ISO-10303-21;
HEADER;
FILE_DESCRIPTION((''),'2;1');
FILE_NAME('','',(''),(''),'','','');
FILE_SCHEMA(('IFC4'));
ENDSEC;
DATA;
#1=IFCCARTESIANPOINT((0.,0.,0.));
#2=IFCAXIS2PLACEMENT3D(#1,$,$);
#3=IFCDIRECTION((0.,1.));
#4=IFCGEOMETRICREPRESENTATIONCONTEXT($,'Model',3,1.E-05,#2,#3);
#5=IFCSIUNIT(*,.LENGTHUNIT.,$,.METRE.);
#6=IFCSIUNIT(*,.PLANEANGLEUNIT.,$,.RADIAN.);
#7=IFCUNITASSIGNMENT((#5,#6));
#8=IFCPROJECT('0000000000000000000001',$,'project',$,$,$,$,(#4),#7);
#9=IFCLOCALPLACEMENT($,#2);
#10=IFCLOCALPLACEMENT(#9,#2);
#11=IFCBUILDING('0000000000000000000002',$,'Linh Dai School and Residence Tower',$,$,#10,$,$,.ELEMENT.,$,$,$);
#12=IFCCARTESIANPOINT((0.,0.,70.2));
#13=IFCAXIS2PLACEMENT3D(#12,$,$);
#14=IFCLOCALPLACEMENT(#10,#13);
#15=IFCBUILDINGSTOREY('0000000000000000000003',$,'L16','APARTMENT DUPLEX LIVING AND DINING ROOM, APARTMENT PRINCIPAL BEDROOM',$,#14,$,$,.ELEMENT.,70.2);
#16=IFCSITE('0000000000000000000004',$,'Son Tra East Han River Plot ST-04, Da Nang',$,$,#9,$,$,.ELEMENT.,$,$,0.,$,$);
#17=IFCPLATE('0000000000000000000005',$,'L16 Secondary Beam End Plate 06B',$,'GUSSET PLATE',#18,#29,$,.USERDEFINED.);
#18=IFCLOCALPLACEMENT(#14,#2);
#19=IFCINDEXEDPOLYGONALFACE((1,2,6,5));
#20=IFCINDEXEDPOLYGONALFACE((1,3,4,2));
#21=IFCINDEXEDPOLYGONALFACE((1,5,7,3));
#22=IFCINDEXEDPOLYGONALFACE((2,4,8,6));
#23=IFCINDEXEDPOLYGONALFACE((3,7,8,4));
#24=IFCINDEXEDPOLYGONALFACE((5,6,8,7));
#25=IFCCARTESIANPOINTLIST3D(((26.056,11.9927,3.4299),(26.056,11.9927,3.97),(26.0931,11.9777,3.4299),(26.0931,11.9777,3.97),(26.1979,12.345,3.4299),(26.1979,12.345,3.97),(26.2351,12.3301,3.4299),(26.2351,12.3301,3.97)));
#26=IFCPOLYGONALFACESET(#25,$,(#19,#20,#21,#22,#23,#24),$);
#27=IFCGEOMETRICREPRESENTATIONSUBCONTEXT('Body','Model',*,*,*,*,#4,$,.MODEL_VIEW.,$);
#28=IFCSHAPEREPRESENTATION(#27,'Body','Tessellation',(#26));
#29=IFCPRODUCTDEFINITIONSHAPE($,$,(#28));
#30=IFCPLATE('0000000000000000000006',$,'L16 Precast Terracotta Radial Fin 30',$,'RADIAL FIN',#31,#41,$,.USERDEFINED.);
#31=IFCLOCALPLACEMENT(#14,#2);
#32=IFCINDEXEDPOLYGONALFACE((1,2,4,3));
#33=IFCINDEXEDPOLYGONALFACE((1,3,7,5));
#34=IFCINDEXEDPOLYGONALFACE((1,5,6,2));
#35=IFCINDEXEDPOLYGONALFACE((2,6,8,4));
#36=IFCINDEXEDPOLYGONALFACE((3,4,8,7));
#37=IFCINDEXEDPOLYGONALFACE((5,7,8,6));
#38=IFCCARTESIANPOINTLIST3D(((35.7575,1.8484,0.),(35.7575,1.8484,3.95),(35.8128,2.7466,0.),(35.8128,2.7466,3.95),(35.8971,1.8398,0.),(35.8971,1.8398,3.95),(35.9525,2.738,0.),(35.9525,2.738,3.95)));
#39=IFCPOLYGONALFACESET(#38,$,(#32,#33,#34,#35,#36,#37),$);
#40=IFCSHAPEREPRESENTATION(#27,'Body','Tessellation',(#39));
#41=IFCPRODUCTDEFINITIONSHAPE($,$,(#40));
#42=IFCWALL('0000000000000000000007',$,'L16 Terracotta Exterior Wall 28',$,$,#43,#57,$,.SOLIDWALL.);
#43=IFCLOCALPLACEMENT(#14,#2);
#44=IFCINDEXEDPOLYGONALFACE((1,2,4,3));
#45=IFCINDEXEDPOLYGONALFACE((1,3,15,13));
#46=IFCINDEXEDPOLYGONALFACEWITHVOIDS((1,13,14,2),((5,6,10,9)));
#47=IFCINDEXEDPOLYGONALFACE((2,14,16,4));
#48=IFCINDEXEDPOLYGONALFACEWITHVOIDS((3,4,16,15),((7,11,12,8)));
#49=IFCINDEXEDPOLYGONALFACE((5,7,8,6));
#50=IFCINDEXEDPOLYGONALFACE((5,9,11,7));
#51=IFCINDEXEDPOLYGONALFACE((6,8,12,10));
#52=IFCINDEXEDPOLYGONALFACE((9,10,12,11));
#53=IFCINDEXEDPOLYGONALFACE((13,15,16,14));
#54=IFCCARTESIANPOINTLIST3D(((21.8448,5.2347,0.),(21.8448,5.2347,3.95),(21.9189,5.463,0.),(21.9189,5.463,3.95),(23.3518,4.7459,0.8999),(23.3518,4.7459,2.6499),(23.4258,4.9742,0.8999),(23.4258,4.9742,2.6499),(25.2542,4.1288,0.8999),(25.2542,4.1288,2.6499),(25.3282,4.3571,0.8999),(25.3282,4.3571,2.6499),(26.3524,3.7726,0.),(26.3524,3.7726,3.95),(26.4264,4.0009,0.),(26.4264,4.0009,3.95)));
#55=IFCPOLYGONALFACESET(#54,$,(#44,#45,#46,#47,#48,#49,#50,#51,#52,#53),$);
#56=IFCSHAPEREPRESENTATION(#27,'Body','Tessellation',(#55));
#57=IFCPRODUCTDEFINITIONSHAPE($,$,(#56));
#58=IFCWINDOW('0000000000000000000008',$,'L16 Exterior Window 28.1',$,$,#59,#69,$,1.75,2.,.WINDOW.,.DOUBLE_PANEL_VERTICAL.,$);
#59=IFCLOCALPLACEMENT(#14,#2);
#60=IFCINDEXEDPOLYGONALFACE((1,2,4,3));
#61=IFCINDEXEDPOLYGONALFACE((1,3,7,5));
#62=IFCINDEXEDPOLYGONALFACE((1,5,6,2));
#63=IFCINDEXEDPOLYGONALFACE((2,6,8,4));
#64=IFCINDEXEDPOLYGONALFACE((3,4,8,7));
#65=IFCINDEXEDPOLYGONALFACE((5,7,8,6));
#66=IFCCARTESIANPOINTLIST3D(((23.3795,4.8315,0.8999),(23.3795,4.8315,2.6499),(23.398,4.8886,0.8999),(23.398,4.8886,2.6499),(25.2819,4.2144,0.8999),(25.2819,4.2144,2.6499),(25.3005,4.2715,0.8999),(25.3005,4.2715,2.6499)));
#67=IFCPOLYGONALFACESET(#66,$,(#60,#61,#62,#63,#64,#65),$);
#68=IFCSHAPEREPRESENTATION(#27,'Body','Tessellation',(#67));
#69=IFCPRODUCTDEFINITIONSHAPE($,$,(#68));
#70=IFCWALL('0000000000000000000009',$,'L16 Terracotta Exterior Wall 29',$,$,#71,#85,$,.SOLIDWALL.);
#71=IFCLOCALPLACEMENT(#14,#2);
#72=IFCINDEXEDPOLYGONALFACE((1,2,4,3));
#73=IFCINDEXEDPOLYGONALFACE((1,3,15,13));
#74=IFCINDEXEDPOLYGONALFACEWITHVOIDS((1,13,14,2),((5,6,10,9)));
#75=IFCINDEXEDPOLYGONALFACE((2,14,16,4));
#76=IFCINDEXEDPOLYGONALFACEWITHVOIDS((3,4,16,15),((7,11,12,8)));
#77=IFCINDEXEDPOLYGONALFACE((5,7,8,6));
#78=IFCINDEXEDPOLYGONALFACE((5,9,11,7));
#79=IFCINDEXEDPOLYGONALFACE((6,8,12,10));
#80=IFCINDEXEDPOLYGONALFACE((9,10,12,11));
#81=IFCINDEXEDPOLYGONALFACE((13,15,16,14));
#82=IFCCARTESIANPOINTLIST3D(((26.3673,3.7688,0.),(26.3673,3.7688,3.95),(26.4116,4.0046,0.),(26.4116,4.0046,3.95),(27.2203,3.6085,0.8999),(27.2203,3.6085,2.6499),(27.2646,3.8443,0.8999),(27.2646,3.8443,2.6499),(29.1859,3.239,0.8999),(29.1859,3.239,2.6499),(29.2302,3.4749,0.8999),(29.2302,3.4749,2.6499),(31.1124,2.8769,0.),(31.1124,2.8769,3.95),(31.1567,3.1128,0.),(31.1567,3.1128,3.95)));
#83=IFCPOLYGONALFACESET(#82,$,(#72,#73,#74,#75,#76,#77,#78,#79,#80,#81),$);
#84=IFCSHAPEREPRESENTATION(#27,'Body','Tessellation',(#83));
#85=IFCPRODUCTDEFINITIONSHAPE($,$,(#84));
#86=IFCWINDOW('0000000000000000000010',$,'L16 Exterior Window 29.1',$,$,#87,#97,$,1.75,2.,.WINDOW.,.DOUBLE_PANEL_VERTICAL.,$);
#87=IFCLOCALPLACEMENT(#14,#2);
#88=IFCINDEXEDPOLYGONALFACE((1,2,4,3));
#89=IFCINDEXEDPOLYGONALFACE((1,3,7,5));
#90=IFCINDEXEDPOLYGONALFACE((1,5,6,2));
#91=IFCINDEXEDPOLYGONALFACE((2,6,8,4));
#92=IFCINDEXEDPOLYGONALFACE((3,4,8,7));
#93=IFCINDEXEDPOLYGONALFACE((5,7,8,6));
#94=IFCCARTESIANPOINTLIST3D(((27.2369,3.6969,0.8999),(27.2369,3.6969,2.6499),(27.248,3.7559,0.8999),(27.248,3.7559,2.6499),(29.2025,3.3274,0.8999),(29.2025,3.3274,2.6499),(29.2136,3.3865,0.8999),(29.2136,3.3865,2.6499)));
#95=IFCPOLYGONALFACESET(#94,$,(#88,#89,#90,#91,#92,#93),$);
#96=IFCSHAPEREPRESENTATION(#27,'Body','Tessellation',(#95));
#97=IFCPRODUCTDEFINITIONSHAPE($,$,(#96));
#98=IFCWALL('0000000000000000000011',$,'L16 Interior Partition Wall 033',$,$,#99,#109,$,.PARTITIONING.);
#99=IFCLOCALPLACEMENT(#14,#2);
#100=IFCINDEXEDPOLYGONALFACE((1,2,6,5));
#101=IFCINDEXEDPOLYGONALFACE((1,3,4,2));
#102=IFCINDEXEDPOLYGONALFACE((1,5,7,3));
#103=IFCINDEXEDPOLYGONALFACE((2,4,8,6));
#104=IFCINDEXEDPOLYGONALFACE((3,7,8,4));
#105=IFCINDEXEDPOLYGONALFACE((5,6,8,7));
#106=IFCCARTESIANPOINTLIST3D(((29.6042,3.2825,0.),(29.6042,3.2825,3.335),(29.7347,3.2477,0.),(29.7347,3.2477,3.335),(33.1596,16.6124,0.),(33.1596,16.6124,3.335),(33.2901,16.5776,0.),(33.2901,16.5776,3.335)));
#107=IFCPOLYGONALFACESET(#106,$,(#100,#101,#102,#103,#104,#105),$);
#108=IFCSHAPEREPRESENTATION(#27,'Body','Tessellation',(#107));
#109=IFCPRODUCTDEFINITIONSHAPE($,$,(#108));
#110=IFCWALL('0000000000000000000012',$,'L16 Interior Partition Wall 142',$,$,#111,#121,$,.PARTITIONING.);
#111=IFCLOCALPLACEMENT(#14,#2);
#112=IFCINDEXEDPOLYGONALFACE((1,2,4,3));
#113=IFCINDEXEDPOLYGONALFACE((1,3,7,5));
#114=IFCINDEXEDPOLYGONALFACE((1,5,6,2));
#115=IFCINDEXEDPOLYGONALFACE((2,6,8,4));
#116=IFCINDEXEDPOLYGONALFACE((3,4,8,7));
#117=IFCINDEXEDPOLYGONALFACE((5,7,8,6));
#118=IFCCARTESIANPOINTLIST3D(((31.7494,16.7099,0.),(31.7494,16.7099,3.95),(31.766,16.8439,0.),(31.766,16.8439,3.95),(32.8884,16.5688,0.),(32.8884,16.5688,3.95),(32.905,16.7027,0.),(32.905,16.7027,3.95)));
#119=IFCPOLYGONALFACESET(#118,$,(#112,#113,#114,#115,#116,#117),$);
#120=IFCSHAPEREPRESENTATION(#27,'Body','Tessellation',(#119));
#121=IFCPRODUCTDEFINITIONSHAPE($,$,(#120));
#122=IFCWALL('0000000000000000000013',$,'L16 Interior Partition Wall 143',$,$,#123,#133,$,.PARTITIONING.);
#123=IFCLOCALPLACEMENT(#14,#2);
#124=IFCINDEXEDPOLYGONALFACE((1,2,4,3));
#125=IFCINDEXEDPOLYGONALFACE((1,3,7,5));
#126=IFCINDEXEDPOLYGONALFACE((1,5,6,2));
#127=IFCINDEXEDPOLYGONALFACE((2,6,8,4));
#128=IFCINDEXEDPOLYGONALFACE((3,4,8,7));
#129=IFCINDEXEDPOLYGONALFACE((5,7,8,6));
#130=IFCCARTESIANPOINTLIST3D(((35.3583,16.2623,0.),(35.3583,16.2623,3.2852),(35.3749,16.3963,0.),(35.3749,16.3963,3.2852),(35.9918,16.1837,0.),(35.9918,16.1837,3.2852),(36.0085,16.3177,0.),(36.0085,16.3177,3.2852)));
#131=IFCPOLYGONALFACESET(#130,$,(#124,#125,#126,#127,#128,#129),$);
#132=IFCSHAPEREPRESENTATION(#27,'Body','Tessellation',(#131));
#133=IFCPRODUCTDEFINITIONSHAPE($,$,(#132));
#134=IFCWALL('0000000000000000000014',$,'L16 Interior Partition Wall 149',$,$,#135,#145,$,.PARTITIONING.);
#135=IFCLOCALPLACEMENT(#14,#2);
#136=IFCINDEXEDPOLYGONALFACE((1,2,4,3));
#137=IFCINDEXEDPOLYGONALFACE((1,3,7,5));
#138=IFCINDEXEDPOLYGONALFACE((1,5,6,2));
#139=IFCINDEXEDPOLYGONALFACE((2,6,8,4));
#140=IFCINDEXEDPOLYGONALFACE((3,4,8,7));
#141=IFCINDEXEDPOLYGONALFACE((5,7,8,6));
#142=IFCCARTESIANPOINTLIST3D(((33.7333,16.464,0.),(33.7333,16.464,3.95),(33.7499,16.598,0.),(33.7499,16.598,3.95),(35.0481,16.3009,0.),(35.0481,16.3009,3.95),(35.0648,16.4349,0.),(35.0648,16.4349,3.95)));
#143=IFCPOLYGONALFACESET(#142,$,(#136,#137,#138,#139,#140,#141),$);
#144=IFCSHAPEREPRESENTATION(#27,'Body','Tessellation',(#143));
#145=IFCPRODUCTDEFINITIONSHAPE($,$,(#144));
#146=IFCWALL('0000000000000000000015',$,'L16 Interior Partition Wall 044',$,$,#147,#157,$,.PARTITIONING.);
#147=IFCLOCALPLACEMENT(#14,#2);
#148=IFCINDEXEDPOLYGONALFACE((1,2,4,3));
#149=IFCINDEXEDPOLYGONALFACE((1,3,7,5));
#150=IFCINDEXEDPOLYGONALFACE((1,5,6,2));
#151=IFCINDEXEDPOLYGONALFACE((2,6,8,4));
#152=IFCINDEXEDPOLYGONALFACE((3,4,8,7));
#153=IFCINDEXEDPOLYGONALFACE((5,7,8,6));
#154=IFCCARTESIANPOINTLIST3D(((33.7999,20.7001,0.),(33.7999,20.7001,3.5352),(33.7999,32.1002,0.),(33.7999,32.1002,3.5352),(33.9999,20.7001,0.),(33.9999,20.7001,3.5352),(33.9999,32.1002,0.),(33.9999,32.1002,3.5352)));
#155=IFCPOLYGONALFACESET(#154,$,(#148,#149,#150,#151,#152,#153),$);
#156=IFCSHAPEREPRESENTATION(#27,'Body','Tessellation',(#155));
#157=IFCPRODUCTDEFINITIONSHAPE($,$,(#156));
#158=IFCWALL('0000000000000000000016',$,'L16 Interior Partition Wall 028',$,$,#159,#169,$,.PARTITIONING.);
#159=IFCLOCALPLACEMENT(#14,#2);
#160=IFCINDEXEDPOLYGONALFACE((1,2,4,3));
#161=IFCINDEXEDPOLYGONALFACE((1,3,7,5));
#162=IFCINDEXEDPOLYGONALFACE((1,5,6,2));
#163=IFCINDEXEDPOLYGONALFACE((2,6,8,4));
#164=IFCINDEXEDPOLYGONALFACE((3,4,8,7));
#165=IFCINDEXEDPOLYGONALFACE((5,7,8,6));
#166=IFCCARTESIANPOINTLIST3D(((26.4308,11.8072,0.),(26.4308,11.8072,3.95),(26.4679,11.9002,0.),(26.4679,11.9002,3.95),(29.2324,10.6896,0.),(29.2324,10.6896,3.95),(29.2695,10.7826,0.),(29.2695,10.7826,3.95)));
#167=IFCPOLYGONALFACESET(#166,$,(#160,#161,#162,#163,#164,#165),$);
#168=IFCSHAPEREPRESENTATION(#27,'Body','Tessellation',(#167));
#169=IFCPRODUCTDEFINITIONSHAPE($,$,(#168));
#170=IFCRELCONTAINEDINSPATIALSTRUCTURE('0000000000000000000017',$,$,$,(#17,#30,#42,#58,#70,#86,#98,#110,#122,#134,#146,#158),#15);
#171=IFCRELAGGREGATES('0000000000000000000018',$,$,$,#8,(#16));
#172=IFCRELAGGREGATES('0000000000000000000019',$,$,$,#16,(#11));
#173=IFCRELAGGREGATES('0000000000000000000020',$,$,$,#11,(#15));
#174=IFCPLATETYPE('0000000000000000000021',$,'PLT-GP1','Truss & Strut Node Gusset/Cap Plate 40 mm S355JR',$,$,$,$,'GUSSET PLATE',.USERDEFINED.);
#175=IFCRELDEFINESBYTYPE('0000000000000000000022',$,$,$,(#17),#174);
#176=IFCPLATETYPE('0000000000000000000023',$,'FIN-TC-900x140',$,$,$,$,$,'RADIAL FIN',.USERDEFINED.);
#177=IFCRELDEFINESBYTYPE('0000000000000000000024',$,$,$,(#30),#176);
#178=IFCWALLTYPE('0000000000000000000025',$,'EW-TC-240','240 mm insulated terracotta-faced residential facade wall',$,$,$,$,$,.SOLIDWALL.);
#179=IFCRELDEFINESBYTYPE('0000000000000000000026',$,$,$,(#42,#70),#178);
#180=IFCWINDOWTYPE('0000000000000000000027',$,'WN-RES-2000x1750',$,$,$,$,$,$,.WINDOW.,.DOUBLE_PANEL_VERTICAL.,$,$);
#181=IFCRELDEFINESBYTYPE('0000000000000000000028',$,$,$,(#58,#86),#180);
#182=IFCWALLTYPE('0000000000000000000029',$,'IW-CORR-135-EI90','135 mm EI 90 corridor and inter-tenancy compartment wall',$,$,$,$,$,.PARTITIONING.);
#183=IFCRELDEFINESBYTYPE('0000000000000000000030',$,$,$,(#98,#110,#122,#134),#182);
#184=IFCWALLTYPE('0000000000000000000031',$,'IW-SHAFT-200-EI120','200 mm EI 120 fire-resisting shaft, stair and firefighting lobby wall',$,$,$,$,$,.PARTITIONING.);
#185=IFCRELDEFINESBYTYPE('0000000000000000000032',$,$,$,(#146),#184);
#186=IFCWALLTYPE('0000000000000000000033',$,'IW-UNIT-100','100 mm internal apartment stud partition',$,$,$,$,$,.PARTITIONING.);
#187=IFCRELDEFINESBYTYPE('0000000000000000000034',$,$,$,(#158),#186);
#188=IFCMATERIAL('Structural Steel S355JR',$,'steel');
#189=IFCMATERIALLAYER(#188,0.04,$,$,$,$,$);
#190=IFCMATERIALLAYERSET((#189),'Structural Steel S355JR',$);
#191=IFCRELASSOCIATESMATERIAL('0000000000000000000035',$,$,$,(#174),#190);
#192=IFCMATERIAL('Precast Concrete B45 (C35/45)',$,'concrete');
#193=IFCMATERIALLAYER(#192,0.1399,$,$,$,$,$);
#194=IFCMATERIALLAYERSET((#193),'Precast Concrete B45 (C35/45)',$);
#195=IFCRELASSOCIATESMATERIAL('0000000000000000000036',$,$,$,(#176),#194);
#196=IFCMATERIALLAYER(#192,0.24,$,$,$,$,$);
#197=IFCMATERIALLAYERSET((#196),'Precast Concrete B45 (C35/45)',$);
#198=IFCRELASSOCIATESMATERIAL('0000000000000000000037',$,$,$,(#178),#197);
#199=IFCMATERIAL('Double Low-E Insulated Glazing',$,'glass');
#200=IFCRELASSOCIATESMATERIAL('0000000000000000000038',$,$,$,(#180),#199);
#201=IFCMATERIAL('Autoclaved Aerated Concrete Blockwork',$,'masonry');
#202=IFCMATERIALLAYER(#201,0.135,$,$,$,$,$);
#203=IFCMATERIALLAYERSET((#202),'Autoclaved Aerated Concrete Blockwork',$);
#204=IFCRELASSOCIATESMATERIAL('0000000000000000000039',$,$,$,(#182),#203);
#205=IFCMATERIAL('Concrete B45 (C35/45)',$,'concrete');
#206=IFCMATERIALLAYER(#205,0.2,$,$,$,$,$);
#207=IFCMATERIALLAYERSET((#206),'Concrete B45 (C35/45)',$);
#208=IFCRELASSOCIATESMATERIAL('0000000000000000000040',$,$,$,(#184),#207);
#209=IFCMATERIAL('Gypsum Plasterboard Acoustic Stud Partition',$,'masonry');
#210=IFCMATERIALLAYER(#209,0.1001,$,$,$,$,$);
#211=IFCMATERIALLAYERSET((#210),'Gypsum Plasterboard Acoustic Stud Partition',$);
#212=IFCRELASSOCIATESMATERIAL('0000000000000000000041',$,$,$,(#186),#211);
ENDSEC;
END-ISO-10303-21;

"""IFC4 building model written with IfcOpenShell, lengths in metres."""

from ifc_helpers import new_model, si_unit, direction, frame, frame_2d, origin, origin_2d, place, context, subcontext, project, spatial, rectangle, extrude, source, transform, mapped, material, layer, layer_set, type_object, element, fill, save


model = new_model("IFC4")

# Units and contexts
model_context = context("Model", 3, precision=1e-05, world=origin(), true_north=direction((0.0, 1.0)))
body_context = subcontext(model_context, "Body", "Model", "MODEL_VIEW")
ifc_project = project(units=[si_unit("LENGTHUNIT", "METRE"), si_unit("PLANEANGLEUNIT", "RADIAN")], contexts=[model_context])

# Site, building, storey
site_placement = place(None, origin())
site = spatial("IfcSite", under=ifc_project, at=site_placement, Name="Son Tra East Han River Plot ST-04, Da Nang", CompositionType="ELEMENT", RefElevation=0.0)
building_placement = place(site_placement, origin())
building = spatial("IfcBuilding", under=site, at=building_placement, Name="Linh Dai School and Residence Tower", CompositionType="ELEMENT")
storey_placement = place(building_placement, frame((0.0, 0.0, 70.2)))
storey = spatial("IfcBuildingStorey", under=building, at=storey_placement, Name="L16", Description="APARTMENT DUPLEX LIVING AND DINING ROOM, APARTMENT PRINCIPAL BEDROOM", CompositionType="ELEMENT", Elevation=70.2)

# Shared definitions
ifc_material_1 = material(Name="Structural Steel S355JR", Category="steel")

# Plates
ifc_layer_1 = layer(ifc_material_1, 0.04)
ifc_layer_set_1 = layer_set([ifc_layer_1], Name="Structural Steel S355JR")
plate_type_1 = type_object("IfcPlateType", Name="PLT-GP1", Description="Truss & Strut Node Gusset/Cap Plate 40 mm S355JR", ElementType="GUSSET PLATE", PredefinedType="USERDEFINED", material=ifc_layer_set_1)
shared_shape_1 = source(origin(), body_context, "Body", "SweptSolid", [
    extrude(rectangle(XDim=0.04, YDim=0.3799, at=origin_2d()), origin(), (0.0, 0.0, 1.0), 0.54),
])
plate_1_placement = place(storey_placement, frame((26.1455, 12.1614, 3.4299), z_axis=(0.0, 0.0, 1.0), x_axis=(0.927536, -0.373733, 0.0)))
element("IfcPlate", 1, at=plate_1_placement, inside=storey, type_object=plate_type_1, Name="L16 Secondary Beam End Plate 06B", ObjectType="GUSSET PLATE", PredefinedType="USERDEFINED", context=body_context, shape_type="MappedRepresentation", body=[
    mapped(shared_shape_1, transform((0.0, 0.0, 0.0), x_axis=(1.0, 0.0, 0.0), y_axis=(0.0, 1.0, 0.0), z_axis=(0.0, 0.0, 1.0), scale=1.0)),
])
ifc_material_2 = material(Name="Precast Concrete B45 (C35/45)", Category="concrete")
ifc_layer_2 = layer(ifc_material_2, 0.1399)
ifc_layer_set_2 = layer_set([ifc_layer_2], Name="Precast Concrete B45 (C35/45)")
plate_type_2 = type_object("IfcPlateType", Name="FIN-TC-900x140", ElementType="RADIAL FIN", PredefinedType="USERDEFINED", material=ifc_layer_set_2)
shared_shape_2 = source(origin(), body_context, "Body", "SweptSolid", [
    extrude(rectangle(XDim=0.8999, YDim=0.1399, at=origin_2d()), origin(), (0.0, 0.0, 1.0), 3.95),
])
plate_2_placement = place(storey_placement, frame((35.855, 2.2932, 0.0), z_axis=(0.0, 0.0, 1.0), x_axis=(-0.061507, -0.998107, 0.0)))
element("IfcPlate", 2, at=plate_2_placement, inside=storey, type_object=plate_type_2, Name="L16 Precast Terracotta Radial Fin 30", ObjectType="RADIAL FIN", PredefinedType="USERDEFINED", context=body_context, shape_type="MappedRepresentation", body=[
    mapped(shared_shape_2, transform((0.0, 0.0, 0.0), x_axis=(1.0, 0.0, 0.0), y_axis=(0.0, 1.0, 0.0), z_axis=(0.0, 0.0, 1.0), scale=1.0)),
])

# Walls, openings, windows
ifc_layer_3 = layer(ifc_material_2, 0.24)
ifc_layer_set_3 = layer_set([ifc_layer_3], Name="Precast Concrete B45 (C35/45)")
wall_type_1 = type_object("IfcWallType", Name="EW-TC-240", Description="240 mm insulated terracotta-faced residential facade wall", PredefinedType="SOLIDWALL", material=ifc_layer_set_3)
wall_1_placement = place(storey_placement, frame((26.3894, 3.8867, 0.0), z_axis=(0.0, 0.0, 1.0), x_axis=(-0.951208, 0.308551, 0.0)))
wall_1 = element("IfcWall", 3, at=wall_1_placement, inside=storey, type_object=wall_type_1, Name="L16 Terracotta Exterior Wall 28", PredefinedType="SOLIDWALL", context=body_context, shape_type="SweptSolid", body=[
    extrude(rectangle(XDim=4.7388, YDim=0.24, at=frame_2d((2.3694, 0.0))), origin(), (0.0, 0.0, 1.0), 3.95),
])
opening_1_placement = place(wall_1_placement, frame((1.1545, 0.0, 0.8999)))
opening_1 = element("IfcOpeningElement", 4, at=opening_1_placement, cuts=wall_1, PredefinedType="OPENING", context=body_context, shape_type="SweptSolid", body=[
    extrude(rectangle(XDim=2.0, YDim=1.75, at=origin_2d()), frame((1.0, 0.1299, 0.875), z_axis=(0.0, -1.0, 0.0), x_axis=(1.0, 0.0, 0.0)), (0.0, 0.0, 1.0), 0.26),
])
ifc_material_3 = material(Name="Double Low-E Insulated Glazing", Category="glass")
window_type = type_object("IfcWindowType", Name="WN-RES-2000x1750", PartitioningType="DOUBLE_PANEL_VERTICAL", PredefinedType="WINDOW", material=ifc_material_3)
shared_shape_3 = source(origin(), body_context, "Body", "SweptSolid", [
    extrude(rectangle(XDim=2.0, YDim=1.75, at=origin_2d()), frame((1.0, 0.03, 0.875), z_axis=(0.0, -1.0, 0.0), x_axis=(1.0, 0.0, 0.0)), (0.0, 0.0, 1.0), 0.0601),
])
window_1_placement = place(opening_1_placement, origin())
window_1 = element("IfcWindow", 5, at=window_1_placement, inside=storey, type_object=window_type, Name="L16 Exterior Window 28.1", OverallHeight=1.75, OverallWidth=2.0, PartitioningType="DOUBLE_PANEL_VERTICAL", PredefinedType="WINDOW", context=body_context, shape_type="MappedRepresentation", body=[
    mapped(shared_shape_3, transform((0.0, 0.0, 0.0), x_axis=(1.0, 0.0, 0.0), y_axis=(0.0, 1.0, 0.0), z_axis=(0.0, 0.0, 1.0), scale=1.0)),
])
fill(opening_1, window_1)
wall_2_placement = place(storey_placement, frame((31.1345, 2.9949, 0.0), z_axis=(0.0, 0.0, 1.0), x_axis=(-0.982792, 0.184716, 0.0)))
wall_2 = element("IfcWall", 6, at=wall_2_placement, inside=storey, type_object=wall_type_1, Name="L16 Terracotta Exterior Wall 29", PredefinedType="SOLIDWALL", context=body_context, shape_type="SweptSolid", body=[
    extrude(rectangle(XDim=4.8281, YDim=0.24, at=frame_2d((2.4141, 0.0))), origin(), (0.0, 0.0, 1.0), 3.95),
])
opening_2_placement = place(wall_2_placement, frame((1.9602, 0.0, 0.8999)))
opening_2 = element("IfcOpeningElement", 7, at=opening_2_placement, cuts=wall_2, PredefinedType="OPENING", context=body_context, shape_type="SweptSolid", body=[
    extrude(rectangle(XDim=2.0, YDim=1.75, at=origin_2d()), frame((1.0, 0.1299, 0.875), z_axis=(0.0, -1.0, 0.0), x_axis=(1.0, 0.0, 0.0)), (0.0, 0.0, 1.0), 0.26),
])
window_2_placement = place(opening_2_placement, origin())
window_2 = element("IfcWindow", 8, at=window_2_placement, inside=storey, type_object=window_type, Name="L16 Exterior Window 29.1", OverallHeight=1.75, OverallWidth=2.0, PartitioningType="DOUBLE_PANEL_VERTICAL", PredefinedType="WINDOW", context=body_context, shape_type="MappedRepresentation", body=[
    mapped(shared_shape_3, transform((0.0, 0.0, 0.0), x_axis=(1.0, 0.0, 0.0), y_axis=(0.0, 1.0, 0.0), z_axis=(0.0, 0.0, 1.0), scale=1.0)),
])
fill(opening_2, window_2)

# Walls
ifc_material_4 = material(Name="Autoclaved Aerated Concrete Blockwork", Category="masonry")
ifc_layer_4 = layer(ifc_material_4, 0.135)
ifc_layer_set_4 = layer_set([ifc_layer_4], Name="Autoclaved Aerated Concrete Blockwork")
wall_type_2 = type_object("IfcWallType", Name="IW-CORR-135-EI90", Description="135 mm EI 90 corridor and inter-tenancy compartment wall", PredefinedType="PARTITIONING", material=ifc_layer_set_4)
wall_3_placement = place(storey_placement, frame((29.6694, 3.2651, 0.0), z_axis=(0.0, 0.0, 1.0), x_axis=(0.257717, 0.966221, 0.0)))
element("IfcWall", 9, at=wall_3_placement, inside=storey, type_object=wall_type_2, Name="L16 Interior Partition Wall 033", PredefinedType="PARTITIONING", context=body_context, shape_type="SweptSolid", body=[
    extrude(rectangle(XDim=13.7959, YDim=0.135, at=frame_2d((6.8979, 0.0))), origin(), (0.0, 0.0, 1.0), 3.335),
])
wall_4_placement = place(storey_placement, frame((31.7578, 16.7769, 0.0), z_axis=(0.0, 0.0, 1.0), x_axis=(0.992411, -0.122961, 0.0)))
element("IfcWall", 10, at=wall_4_placement, inside=storey, type_object=wall_type_2, Name="L16 Interior Partition Wall 142", PredefinedType="PARTITIONING", context=body_context, shape_type="SweptSolid", body=[
    extrude(rectangle(XDim=1.1477, YDim=0.135, at=frame_2d((0.5737, 0.0))), origin(), (0.0, 0.0, 1.0), 3.95),
])
wall_5_placement = place(storey_placement, frame((35.3665, 16.3293, 0.0), z_axis=(0.0, 0.0, 1.0), x_axis=(0.992389, -0.12314, 0.0)))
element("IfcWall", 11, at=wall_5_placement, inside=storey, type_object=wall_type_2, Name="L16 Interior Partition Wall 143", PredefinedType="PARTITIONING", context=body_context, shape_type="SweptSolid", body=[
    extrude(rectangle(XDim=0.6384, YDim=0.135, at=frame_2d((0.3193, 0.0))), origin(), (0.0, 0.0, 1.0), 3.2852),
])
wall_6_placement = place(storey_placement, frame((33.7415, 16.531, 0.0), z_axis=(0.0, 0.0, 1.0), x_axis=(0.992396, -0.123082, 0.0)))
element("IfcWall", 12, at=wall_6_placement, inside=storey, type_object=wall_type_2, Name="L16 Interior Partition Wall 149", PredefinedType="PARTITIONING", context=body_context, shape_type="SweptSolid", body=[
    extrude(rectangle(XDim=1.325, YDim=0.135, at=frame_2d((0.6626, 0.0))), origin(), (0.0, 0.0, 1.0), 3.95),
])
ifc_material_5 = material(Name="Concrete B45 (C35/45)", Category="concrete")
ifc_layer_5 = layer(ifc_material_5, 0.2)
ifc_layer_set_5 = layer_set([ifc_layer_5], Name="Concrete B45 (C35/45)")
wall_type_3 = type_object("IfcWallType", Name="IW-SHAFT-200-EI120", Description="200 mm EI 120 fire-resisting shaft, stair and firefighting lobby wall", PredefinedType="PARTITIONING", material=ifc_layer_set_5)
wall_7_placement = place(storey_placement, frame((33.8999, 20.7, 0.0), z_axis=(0.0, 0.0, 1.0), x_axis=(0.0, 1.0, 0.0)))
element("IfcWall", 13, at=wall_7_placement, inside=storey, type_object=wall_type_3, Name="L16 Interior Partition Wall 044", PredefinedType="PARTITIONING", context=body_context, shape_type="SweptSolid", body=[
    extrude(rectangle(XDim=11.4001, YDim=0.2, at=frame_2d((5.7002, 0.0))), origin(), (0.0, 0.0, 1.0), 3.5352),
])
ifc_material_6 = material(Name="Gypsum Plasterboard Acoustic Stud Partition", Category="masonry")
ifc_layer_6 = layer(ifc_material_6, 0.1001)
ifc_layer_set_6 = layer_set([ifc_layer_6], Name="Gypsum Plasterboard Acoustic Stud Partition")
wall_type_4 = type_object("IfcWallType", Name="IW-UNIT-100", Description="100 mm internal apartment stud partition", PredefinedType="PARTITIONING", material=ifc_layer_set_6)
wall_8_placement = place(storey_placement, frame((26.4492, 11.8538, 0.0), z_axis=(0.0, 0.0, 1.0), x_axis=(0.928822, -0.370525, 0.0)))
element("IfcWall", 14, at=wall_8_placement, inside=storey, type_object=wall_type_4, Name="L16 Interior Partition Wall 028", PredefinedType="PARTITIONING", context=body_context, shape_type="SweptSolid", body=[
    extrude(rectangle(XDim=3.0164, YDim=0.1001, at=frame_2d((1.5083, 0.0))), origin(), (0.0, 0.0, 1.0), 3.95),
])

save(model, "model.ifc")
